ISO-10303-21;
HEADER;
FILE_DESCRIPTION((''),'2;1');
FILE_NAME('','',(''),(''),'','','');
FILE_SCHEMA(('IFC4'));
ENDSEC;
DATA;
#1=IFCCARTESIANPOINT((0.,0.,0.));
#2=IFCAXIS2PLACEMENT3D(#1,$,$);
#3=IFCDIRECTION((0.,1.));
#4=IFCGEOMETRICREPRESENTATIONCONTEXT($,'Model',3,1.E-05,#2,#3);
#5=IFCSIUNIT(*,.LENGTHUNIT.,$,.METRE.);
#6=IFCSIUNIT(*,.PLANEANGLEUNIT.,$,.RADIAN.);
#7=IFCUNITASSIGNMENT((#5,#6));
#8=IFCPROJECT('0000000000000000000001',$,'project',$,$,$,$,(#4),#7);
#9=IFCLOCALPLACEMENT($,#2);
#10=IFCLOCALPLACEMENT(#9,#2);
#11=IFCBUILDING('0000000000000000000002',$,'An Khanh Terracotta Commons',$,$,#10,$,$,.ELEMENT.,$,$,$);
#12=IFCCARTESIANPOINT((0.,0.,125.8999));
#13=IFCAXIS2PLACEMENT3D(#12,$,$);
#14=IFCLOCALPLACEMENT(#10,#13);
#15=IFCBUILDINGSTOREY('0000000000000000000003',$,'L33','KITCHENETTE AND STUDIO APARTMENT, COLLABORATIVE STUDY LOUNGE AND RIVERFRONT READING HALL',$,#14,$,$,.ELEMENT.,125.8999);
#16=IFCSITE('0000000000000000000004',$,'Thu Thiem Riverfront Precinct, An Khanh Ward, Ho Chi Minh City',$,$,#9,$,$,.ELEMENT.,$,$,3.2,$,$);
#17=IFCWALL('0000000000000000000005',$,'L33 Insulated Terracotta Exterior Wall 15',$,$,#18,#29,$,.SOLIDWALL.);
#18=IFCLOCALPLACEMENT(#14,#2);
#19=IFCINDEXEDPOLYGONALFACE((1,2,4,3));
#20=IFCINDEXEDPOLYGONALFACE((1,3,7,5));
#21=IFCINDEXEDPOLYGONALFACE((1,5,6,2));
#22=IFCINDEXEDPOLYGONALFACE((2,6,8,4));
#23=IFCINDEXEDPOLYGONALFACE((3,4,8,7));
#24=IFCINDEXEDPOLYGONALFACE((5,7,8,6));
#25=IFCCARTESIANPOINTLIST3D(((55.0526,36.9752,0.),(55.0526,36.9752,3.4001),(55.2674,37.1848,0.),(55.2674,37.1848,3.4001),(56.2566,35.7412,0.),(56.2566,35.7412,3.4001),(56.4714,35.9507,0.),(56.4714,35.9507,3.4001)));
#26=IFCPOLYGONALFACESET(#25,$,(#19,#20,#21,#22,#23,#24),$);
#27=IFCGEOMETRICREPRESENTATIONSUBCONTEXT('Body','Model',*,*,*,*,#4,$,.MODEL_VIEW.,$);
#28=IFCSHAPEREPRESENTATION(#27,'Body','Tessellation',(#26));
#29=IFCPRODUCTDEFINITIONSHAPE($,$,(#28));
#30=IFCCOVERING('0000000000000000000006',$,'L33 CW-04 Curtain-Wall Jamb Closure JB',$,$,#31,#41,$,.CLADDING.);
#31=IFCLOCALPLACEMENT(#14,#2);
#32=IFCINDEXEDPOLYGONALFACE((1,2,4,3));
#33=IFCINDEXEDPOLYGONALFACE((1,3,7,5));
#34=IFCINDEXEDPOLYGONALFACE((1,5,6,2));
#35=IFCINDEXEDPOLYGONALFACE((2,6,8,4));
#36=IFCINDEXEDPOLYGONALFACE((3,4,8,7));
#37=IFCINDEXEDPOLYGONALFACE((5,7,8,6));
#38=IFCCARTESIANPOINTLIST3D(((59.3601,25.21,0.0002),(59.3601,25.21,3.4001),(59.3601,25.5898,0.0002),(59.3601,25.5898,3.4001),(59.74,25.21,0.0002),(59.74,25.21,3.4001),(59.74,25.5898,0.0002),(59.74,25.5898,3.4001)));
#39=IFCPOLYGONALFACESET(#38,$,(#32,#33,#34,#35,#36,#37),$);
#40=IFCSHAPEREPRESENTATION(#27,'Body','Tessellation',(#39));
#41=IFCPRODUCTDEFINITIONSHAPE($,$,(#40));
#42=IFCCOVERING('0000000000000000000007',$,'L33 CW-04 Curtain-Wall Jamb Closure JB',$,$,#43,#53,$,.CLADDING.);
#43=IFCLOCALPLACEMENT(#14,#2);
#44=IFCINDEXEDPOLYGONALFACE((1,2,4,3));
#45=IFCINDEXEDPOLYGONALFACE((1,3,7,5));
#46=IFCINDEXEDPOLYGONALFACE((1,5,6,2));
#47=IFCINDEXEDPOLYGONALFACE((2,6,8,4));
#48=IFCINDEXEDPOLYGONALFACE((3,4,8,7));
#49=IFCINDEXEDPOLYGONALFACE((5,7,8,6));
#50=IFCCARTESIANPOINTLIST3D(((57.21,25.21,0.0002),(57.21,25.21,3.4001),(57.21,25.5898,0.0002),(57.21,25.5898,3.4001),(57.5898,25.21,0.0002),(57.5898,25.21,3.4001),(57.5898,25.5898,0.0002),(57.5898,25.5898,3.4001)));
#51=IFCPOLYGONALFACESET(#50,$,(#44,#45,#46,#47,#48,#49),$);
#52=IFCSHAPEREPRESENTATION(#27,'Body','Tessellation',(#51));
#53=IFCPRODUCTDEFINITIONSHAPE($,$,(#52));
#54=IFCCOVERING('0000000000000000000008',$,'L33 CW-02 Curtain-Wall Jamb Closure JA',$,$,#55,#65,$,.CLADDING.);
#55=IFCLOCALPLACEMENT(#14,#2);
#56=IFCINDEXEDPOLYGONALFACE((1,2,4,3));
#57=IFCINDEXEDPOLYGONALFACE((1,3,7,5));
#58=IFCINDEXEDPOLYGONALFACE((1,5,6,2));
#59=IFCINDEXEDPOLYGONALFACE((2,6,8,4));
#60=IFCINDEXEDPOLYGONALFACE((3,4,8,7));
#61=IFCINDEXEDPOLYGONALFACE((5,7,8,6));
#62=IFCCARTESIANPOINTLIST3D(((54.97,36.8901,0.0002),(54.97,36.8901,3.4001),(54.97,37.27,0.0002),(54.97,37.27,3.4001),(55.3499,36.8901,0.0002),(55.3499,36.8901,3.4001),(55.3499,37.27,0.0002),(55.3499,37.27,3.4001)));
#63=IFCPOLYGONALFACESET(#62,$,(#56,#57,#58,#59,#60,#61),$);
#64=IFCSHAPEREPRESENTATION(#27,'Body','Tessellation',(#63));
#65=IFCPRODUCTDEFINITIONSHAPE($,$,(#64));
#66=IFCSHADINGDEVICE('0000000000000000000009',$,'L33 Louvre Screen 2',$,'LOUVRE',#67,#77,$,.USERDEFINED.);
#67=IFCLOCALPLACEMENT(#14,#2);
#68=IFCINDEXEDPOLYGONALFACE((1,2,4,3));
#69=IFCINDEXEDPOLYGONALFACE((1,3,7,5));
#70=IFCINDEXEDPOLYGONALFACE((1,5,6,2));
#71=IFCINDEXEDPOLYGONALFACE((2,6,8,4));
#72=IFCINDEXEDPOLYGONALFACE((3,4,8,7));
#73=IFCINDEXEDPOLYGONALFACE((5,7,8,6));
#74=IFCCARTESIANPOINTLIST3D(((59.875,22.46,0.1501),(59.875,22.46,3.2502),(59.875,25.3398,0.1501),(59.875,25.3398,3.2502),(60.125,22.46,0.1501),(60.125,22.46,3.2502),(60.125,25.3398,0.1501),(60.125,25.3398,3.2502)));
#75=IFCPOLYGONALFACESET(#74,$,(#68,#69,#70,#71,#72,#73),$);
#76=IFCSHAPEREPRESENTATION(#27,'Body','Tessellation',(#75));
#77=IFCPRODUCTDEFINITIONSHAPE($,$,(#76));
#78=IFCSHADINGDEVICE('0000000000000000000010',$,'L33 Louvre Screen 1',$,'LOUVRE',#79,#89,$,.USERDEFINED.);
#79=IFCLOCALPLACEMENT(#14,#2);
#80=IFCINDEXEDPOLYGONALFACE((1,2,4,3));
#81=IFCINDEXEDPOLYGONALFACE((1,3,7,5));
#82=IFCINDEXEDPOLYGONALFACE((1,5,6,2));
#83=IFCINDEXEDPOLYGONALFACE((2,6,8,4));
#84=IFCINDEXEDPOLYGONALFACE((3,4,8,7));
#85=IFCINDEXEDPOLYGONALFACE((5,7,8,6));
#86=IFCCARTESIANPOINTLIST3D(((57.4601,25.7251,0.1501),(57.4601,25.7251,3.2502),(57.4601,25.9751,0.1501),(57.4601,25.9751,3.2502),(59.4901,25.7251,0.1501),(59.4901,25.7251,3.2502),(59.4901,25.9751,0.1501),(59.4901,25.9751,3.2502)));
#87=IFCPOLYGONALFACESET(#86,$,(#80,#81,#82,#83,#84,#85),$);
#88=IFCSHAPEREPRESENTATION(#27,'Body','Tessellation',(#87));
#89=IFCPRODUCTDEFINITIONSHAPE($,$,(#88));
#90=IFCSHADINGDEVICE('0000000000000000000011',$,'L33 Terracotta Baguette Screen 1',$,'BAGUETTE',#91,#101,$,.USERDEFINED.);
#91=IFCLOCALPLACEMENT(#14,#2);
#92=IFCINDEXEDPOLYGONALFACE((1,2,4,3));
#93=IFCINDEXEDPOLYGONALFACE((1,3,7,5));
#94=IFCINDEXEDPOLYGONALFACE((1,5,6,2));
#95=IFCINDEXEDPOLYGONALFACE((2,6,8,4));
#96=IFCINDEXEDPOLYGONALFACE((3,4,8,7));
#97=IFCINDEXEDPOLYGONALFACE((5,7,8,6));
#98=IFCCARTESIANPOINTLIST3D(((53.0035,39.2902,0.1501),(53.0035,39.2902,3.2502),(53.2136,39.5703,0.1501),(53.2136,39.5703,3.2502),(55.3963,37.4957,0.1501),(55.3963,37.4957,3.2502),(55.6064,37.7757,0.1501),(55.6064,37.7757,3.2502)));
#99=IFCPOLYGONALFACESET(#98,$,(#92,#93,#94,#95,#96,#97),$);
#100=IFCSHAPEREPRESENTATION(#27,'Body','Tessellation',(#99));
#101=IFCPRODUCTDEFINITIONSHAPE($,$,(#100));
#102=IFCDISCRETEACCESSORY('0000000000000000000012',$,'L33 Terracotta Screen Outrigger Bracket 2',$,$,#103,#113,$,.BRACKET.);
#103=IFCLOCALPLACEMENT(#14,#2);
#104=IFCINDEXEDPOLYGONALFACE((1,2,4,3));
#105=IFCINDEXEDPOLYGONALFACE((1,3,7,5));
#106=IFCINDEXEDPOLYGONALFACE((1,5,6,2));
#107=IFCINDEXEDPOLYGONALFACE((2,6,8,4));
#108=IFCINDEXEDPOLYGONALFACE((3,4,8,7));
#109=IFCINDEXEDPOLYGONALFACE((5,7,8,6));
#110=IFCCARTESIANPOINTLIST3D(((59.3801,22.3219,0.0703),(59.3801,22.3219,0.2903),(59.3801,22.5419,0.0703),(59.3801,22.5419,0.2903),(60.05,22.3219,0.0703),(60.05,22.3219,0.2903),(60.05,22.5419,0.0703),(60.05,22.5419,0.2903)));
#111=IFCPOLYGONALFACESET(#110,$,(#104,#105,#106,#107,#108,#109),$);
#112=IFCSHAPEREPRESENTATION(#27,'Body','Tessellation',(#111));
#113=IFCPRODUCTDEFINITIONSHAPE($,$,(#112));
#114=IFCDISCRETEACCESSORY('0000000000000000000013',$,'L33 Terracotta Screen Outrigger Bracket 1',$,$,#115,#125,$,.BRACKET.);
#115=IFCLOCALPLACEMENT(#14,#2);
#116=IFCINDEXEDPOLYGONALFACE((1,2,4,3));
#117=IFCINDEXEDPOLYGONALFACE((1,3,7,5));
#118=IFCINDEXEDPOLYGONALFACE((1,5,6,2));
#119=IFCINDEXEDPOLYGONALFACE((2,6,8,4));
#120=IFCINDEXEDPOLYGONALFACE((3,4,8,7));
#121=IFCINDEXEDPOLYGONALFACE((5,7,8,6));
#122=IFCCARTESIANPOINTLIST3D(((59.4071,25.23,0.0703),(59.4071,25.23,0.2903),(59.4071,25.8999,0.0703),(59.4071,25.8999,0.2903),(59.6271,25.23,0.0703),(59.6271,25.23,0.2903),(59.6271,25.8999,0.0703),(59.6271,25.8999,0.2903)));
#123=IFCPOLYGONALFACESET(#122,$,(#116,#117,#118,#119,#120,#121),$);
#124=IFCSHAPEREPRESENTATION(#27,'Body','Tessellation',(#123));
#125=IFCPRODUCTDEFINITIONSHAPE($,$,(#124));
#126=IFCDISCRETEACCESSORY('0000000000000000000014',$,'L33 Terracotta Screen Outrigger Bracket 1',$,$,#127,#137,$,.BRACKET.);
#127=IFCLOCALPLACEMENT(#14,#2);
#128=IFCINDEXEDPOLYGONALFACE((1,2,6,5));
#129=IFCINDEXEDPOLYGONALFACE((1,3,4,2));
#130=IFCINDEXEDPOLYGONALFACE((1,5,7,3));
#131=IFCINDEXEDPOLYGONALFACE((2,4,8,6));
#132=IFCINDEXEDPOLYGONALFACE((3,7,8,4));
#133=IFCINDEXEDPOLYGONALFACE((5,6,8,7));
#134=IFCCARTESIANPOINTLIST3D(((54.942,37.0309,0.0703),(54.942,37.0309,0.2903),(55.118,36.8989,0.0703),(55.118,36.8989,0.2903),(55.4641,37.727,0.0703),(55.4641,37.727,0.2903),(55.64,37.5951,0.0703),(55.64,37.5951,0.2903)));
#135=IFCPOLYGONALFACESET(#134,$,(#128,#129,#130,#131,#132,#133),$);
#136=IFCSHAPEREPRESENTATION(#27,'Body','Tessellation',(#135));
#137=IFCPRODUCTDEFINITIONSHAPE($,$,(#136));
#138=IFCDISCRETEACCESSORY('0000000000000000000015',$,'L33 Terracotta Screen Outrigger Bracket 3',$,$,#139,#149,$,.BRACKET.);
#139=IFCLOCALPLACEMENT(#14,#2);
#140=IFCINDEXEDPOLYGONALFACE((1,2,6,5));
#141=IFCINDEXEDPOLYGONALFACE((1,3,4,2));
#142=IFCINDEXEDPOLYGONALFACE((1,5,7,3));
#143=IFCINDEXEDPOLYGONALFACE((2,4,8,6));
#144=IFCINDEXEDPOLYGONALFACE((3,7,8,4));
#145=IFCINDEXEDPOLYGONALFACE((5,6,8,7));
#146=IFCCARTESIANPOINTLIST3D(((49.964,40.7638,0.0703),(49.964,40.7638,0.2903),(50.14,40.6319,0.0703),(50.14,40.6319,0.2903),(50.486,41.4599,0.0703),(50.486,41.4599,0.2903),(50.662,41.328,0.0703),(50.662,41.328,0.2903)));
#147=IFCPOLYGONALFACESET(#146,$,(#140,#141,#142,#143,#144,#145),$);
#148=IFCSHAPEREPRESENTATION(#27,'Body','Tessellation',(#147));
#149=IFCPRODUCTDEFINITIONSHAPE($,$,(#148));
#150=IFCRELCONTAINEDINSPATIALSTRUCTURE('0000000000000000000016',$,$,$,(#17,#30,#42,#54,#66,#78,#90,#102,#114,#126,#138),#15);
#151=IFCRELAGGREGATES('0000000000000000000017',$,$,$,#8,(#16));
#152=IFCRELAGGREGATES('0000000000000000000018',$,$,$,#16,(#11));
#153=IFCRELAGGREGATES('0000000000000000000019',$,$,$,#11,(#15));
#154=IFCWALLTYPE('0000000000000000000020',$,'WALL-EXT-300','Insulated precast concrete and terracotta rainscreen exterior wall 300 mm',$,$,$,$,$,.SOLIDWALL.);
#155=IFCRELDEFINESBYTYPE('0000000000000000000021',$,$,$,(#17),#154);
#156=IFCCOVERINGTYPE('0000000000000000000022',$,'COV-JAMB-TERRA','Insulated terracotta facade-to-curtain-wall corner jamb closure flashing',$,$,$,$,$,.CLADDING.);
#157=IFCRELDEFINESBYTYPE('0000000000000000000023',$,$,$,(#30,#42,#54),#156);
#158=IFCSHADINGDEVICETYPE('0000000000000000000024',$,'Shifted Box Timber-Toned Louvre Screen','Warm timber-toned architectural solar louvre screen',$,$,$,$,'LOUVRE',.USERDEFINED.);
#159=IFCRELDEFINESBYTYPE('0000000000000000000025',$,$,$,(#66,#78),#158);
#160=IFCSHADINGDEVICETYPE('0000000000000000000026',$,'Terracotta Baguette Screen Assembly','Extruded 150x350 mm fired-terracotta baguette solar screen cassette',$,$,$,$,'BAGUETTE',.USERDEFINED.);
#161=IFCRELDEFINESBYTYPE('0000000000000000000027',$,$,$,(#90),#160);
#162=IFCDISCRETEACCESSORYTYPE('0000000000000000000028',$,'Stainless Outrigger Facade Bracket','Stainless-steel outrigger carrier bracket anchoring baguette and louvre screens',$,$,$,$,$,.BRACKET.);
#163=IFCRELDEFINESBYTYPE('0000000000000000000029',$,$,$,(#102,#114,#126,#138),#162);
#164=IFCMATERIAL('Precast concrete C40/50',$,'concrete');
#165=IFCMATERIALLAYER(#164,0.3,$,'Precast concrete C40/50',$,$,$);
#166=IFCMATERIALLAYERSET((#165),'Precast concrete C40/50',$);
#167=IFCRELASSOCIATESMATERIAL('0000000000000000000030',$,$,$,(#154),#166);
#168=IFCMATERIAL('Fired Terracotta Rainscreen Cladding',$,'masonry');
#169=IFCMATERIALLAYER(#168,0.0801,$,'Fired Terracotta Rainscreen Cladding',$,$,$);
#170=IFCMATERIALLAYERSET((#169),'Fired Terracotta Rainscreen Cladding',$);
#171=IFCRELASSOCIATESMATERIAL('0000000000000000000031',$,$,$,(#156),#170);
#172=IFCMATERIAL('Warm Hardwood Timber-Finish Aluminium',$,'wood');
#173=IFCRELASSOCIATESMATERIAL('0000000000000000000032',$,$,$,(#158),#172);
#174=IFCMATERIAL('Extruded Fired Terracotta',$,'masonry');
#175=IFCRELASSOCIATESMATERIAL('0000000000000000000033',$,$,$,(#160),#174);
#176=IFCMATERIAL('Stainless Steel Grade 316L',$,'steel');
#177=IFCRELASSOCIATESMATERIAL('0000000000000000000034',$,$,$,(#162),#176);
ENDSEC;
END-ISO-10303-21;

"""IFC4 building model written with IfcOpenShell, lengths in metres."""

from ifc_helpers import new_model, si_unit, direction, frame, frame_2d, origin, origin_2d, place, context, subcontext, project, spatial, rectangle, extrude, material, layer, layer_set, type_object, element, save


model = new_model("IFC4")

# Units and contexts
model_context = context("Model", 3, precision=1e-05, world=origin(), true_north=direction((0.0, 1.0)))
body_context = subcontext(model_context, "Body", "Model", "MODEL_VIEW")
ifc_project = project(units=[si_unit("LENGTHUNIT", "METRE"), si_unit("PLANEANGLEUNIT", "RADIAN")], contexts=[model_context])

# Site, building, storey
site_placement = place(None, origin())
site = spatial("IfcSite", under=ifc_project, at=site_placement, Name="Thu Thiem Riverfront Precinct, An Khanh Ward, Ho Chi Minh City", CompositionType="ELEMENT", RefElevation=3.2)
building_placement = place(site_placement, origin())
building = spatial("IfcBuilding", under=site, at=building_placement, Name="An Khanh Terracotta Commons", CompositionType="ELEMENT")
storey_placement = place(building_placement, frame((0.0, 0.0, 125.8999)))
storey = spatial("IfcBuildingStorey", under=building, at=storey_placement, Name="L33", Description="KITCHENETTE AND STUDIO APARTMENT, COLLABORATIVE STUDY LOUNGE AND RIVERFRONT READING HALL", CompositionType="ELEMENT", Elevation=125.8999)

# Shared definitions
ifc_material_1 = material(Name="Precast concrete C40/50", Category="concrete")
ifc_layer_1 = layer(ifc_material_1, 0.3, Name="Precast concrete C40/50")
ifc_layer_set_1 = layer_set([ifc_layer_1], Name="Precast concrete C40/50")
wall_type = type_object("IfcWallType", Name="WALL-EXT-300", Description="Insulated precast concrete and terracotta rainscreen exterior wall 300 mm", PredefinedType="SOLIDWALL", material=ifc_layer_set_1)

# Wall
for number, where, z_axis, x_axis, name in (
    (1, (56.364, 35.8459, 0.0), (0.0, 0.0, 1.0), (-0.698345, 0.715761, 0.0), "L33 Insulated Terracotta Exterior Wall 15"),
):
    element("IfcWall", number, at=place(storey_placement, frame(where, z_axis=z_axis, x_axis=x_axis)), inside=storey, type_object=wall_type, Name=name, PredefinedType="SOLIDWALL", context=body_context, shape_type="SweptSolid", body=[
        extrude(rectangle(XDim=1.7241, YDim=0.3, at=frame_2d((0.8621, 0.0))), origin(), (0.0, 0.0, 1.0), 3.4001),
    ])

# Coverings
ifc_material_2 = material(Name="Fired Terracotta Rainscreen Cladding", Category="masonry")
ifc_layer_2 = layer(ifc_material_2, 0.0801, Name="Fired Terracotta Rainscreen Cladding")
ifc_layer_set_2 = layer_set([ifc_layer_2], Name="Fired Terracotta Rainscreen Cladding")
covering_type = type_object("IfcCoveringType", Name="COV-JAMB-TERRA", Description="Insulated terracotta facade-to-curtain-wall corner jamb closure flashing", PredefinedType="CLADDING", material=ifc_layer_set_2)
for number, where, z_axis, x_axis, name in (
    (2, (59.55, 25.3999, 0.0002), (0.0, 0.0, 1.0), (1.0, 0.0, 0.0), "L33 CW-04 Curtain-Wall Jamb Closure JB"),
    (3, (57.3999, 25.3999, 0.0002), (0.0, 0.0, 1.0), (1.0, 0.0, 0.0), "L33 CW-04 Curtain-Wall Jamb Closure JB"),
    (4, (55.1599, 37.0801, 0.0002), (0.0, 0.0, 1.0), (1.0, 0.0, 0.0), "L33 CW-02 Curtain-Wall Jamb Closure JA"),
):
    element("IfcCovering", number, at=place(storey_placement, frame(where, z_axis=z_axis, x_axis=x_axis)), inside=storey, type_object=covering_type, Name=name, PredefinedType="CLADDING", context=body_context, shape_type="SweptSolid", body=[
        extrude(rectangle(XDim=0.3799, YDim=0.3799, at=origin_2d()), origin(), (0.0, 0.0, 1.0), 3.3999),
    ])

# Shading devices
ifc_material_3 = material(Name="Warm Hardwood Timber-Finish Aluminium", Category="wood")
shading_device_type_1 = type_object("IfcShadingDeviceType", Name="Shifted Box Timber-Toned Louvre Screen", Description="Warm timber-toned architectural solar louvre screen", ElementType="LOUVRE", PredefinedType="USERDEFINED", material=ifc_material_3)
shading_device_1_placement = place(storey_placement, frame((60.0, 23.8999, 0.1501), z_axis=(0.0, 0.0, 1.0), x_axis=(0.0, 1.0, 0.0)))
element("IfcShadingDevice", 5, at=shading_device_1_placement, inside=storey, type_object=shading_device_type_1, Name="L33 Louvre Screen 2", ObjectType="LOUVRE", PredefinedType="USERDEFINED", context=body_context, shape_type="SweptSolid", body=[
    extrude(rectangle(XDim=2.8799, YDim=0.25, at=origin_2d()), origin(), (0.0, 0.0, 1.0), 3.1001),
])
shading_device_2_placement = place(storey_placement, frame((58.4751, 25.8501, 0.1501), z_axis=(0.0, 0.0, 1.0), x_axis=(-1.0, 0.0, 0.0)))
element("IfcShadingDevice", 6, at=shading_device_2_placement, inside=storey, type_object=shading_device_type_1, Name="L33 Louvre Screen 1", ObjectType="LOUVRE", PredefinedType="USERDEFINED", context=body_context, shape_type="SweptSolid", body=[
    extrude(rectangle(XDim=2.03, YDim=0.25, at=origin_2d()), origin(), (0.0, 0.0, 1.0), 3.1001),
])
ifc_material_4 = material(Name="Extruded Fired Terracotta", Category="masonry")
shading_device_type_2 = type_object("IfcShadingDeviceType", Name="Terracotta Baguette Screen Assembly", Description="Extruded 150x350 mm fired-terracotta baguette solar screen cassette", ElementType="BAGUETTE", PredefinedType="USERDEFINED", material=ifc_material_4)
shading_device_3_placement = place(storey_placement, frame((54.3049, 38.533, 0.1501), z_axis=(0.0, 0.0, 1.0), x_axis=(-0.800013, 0.599983, 0.0)))
element("IfcShadingDevice", 7, at=shading_device_3_placement, inside=storey, type_object=shading_device_type_2, Name="L33 Terracotta Baguette Screen 1", ObjectType="BAGUETTE", PredefinedType="USERDEFINED", context=body_context, shape_type="SweptSolid", body=[
    extrude(rectangle(XDim=2.991, YDim=0.3501, at=origin_2d()), origin(), (0.0, 0.0, 1.0), 3.1001),
])

# Discrete accessories
ifc_material_5 = material(Name="Stainless Steel Grade 316L", Category="steel")
discrete_accessory_type = type_object("IfcDiscreteAccessoryType", Name="Stainless Outrigger Facade Bracket", Description="Stainless-steel outrigger carrier bracket anchoring baguette and louvre screens", PredefinedType="BRACKET", material=ifc_material_5)
for number, where, z_axis, x_axis, name in (
    (8, (59.7151, 22.4319, 0.0703), (0.0, 0.0, 1.0), (0.0, 1.0, 0.0), "L33 Terracotta Screen Outrigger Bracket 2"),
    (9, (59.5171, 25.5649, 0.0703), (0.0, 0.0, 1.0), (-1.0, 0.0, 0.0), "L33 Terracotta Screen Outrigger Bracket 1"),
):
    element("IfcDiscreteAccessory", number, at=place(storey_placement, frame(where, z_axis=z_axis, x_axis=x_axis)), inside=storey, type_object=discrete_accessory_type, Name=name, PredefinedType="BRACKET", context=body_context, shape_type="SweptSolid", body=[
        extrude(rectangle(XDim=0.22, YDim=0.6699, at=origin_2d()), origin(), (0.0, 0.0, 1.0), 0.22),
    ])
for number, where, z_axis, x_axis, name in (
    (10, (55.291, 37.313, 0.0703), (0.0, 0.0, 1.0), (-0.800013, 0.599983, 0.0), "L33 Terracotta Screen Outrigger Bracket 1"),
    (11, (50.313, 41.0459, 0.0703), (0.0, 0.0, 1.0), (-0.800013, 0.599983, 0.0), "L33 Terracotta Screen Outrigger Bracket 3"),
):
    element("IfcDiscreteAccessory", number, at=place(storey_placement, frame(where, z_axis=z_axis, x_axis=x_axis)), inside=storey, type_object=discrete_accessory_type, Name=name, PredefinedType="BRACKET", context=body_context, shape_type="SweptSolid", body=[
        extrude(rectangle(XDim=0.22, YDim=0.8701, at=origin_2d()), origin(), (0.0, 0.0, 1.0), 0.22),
    ])

save(model, "model.ifc")
